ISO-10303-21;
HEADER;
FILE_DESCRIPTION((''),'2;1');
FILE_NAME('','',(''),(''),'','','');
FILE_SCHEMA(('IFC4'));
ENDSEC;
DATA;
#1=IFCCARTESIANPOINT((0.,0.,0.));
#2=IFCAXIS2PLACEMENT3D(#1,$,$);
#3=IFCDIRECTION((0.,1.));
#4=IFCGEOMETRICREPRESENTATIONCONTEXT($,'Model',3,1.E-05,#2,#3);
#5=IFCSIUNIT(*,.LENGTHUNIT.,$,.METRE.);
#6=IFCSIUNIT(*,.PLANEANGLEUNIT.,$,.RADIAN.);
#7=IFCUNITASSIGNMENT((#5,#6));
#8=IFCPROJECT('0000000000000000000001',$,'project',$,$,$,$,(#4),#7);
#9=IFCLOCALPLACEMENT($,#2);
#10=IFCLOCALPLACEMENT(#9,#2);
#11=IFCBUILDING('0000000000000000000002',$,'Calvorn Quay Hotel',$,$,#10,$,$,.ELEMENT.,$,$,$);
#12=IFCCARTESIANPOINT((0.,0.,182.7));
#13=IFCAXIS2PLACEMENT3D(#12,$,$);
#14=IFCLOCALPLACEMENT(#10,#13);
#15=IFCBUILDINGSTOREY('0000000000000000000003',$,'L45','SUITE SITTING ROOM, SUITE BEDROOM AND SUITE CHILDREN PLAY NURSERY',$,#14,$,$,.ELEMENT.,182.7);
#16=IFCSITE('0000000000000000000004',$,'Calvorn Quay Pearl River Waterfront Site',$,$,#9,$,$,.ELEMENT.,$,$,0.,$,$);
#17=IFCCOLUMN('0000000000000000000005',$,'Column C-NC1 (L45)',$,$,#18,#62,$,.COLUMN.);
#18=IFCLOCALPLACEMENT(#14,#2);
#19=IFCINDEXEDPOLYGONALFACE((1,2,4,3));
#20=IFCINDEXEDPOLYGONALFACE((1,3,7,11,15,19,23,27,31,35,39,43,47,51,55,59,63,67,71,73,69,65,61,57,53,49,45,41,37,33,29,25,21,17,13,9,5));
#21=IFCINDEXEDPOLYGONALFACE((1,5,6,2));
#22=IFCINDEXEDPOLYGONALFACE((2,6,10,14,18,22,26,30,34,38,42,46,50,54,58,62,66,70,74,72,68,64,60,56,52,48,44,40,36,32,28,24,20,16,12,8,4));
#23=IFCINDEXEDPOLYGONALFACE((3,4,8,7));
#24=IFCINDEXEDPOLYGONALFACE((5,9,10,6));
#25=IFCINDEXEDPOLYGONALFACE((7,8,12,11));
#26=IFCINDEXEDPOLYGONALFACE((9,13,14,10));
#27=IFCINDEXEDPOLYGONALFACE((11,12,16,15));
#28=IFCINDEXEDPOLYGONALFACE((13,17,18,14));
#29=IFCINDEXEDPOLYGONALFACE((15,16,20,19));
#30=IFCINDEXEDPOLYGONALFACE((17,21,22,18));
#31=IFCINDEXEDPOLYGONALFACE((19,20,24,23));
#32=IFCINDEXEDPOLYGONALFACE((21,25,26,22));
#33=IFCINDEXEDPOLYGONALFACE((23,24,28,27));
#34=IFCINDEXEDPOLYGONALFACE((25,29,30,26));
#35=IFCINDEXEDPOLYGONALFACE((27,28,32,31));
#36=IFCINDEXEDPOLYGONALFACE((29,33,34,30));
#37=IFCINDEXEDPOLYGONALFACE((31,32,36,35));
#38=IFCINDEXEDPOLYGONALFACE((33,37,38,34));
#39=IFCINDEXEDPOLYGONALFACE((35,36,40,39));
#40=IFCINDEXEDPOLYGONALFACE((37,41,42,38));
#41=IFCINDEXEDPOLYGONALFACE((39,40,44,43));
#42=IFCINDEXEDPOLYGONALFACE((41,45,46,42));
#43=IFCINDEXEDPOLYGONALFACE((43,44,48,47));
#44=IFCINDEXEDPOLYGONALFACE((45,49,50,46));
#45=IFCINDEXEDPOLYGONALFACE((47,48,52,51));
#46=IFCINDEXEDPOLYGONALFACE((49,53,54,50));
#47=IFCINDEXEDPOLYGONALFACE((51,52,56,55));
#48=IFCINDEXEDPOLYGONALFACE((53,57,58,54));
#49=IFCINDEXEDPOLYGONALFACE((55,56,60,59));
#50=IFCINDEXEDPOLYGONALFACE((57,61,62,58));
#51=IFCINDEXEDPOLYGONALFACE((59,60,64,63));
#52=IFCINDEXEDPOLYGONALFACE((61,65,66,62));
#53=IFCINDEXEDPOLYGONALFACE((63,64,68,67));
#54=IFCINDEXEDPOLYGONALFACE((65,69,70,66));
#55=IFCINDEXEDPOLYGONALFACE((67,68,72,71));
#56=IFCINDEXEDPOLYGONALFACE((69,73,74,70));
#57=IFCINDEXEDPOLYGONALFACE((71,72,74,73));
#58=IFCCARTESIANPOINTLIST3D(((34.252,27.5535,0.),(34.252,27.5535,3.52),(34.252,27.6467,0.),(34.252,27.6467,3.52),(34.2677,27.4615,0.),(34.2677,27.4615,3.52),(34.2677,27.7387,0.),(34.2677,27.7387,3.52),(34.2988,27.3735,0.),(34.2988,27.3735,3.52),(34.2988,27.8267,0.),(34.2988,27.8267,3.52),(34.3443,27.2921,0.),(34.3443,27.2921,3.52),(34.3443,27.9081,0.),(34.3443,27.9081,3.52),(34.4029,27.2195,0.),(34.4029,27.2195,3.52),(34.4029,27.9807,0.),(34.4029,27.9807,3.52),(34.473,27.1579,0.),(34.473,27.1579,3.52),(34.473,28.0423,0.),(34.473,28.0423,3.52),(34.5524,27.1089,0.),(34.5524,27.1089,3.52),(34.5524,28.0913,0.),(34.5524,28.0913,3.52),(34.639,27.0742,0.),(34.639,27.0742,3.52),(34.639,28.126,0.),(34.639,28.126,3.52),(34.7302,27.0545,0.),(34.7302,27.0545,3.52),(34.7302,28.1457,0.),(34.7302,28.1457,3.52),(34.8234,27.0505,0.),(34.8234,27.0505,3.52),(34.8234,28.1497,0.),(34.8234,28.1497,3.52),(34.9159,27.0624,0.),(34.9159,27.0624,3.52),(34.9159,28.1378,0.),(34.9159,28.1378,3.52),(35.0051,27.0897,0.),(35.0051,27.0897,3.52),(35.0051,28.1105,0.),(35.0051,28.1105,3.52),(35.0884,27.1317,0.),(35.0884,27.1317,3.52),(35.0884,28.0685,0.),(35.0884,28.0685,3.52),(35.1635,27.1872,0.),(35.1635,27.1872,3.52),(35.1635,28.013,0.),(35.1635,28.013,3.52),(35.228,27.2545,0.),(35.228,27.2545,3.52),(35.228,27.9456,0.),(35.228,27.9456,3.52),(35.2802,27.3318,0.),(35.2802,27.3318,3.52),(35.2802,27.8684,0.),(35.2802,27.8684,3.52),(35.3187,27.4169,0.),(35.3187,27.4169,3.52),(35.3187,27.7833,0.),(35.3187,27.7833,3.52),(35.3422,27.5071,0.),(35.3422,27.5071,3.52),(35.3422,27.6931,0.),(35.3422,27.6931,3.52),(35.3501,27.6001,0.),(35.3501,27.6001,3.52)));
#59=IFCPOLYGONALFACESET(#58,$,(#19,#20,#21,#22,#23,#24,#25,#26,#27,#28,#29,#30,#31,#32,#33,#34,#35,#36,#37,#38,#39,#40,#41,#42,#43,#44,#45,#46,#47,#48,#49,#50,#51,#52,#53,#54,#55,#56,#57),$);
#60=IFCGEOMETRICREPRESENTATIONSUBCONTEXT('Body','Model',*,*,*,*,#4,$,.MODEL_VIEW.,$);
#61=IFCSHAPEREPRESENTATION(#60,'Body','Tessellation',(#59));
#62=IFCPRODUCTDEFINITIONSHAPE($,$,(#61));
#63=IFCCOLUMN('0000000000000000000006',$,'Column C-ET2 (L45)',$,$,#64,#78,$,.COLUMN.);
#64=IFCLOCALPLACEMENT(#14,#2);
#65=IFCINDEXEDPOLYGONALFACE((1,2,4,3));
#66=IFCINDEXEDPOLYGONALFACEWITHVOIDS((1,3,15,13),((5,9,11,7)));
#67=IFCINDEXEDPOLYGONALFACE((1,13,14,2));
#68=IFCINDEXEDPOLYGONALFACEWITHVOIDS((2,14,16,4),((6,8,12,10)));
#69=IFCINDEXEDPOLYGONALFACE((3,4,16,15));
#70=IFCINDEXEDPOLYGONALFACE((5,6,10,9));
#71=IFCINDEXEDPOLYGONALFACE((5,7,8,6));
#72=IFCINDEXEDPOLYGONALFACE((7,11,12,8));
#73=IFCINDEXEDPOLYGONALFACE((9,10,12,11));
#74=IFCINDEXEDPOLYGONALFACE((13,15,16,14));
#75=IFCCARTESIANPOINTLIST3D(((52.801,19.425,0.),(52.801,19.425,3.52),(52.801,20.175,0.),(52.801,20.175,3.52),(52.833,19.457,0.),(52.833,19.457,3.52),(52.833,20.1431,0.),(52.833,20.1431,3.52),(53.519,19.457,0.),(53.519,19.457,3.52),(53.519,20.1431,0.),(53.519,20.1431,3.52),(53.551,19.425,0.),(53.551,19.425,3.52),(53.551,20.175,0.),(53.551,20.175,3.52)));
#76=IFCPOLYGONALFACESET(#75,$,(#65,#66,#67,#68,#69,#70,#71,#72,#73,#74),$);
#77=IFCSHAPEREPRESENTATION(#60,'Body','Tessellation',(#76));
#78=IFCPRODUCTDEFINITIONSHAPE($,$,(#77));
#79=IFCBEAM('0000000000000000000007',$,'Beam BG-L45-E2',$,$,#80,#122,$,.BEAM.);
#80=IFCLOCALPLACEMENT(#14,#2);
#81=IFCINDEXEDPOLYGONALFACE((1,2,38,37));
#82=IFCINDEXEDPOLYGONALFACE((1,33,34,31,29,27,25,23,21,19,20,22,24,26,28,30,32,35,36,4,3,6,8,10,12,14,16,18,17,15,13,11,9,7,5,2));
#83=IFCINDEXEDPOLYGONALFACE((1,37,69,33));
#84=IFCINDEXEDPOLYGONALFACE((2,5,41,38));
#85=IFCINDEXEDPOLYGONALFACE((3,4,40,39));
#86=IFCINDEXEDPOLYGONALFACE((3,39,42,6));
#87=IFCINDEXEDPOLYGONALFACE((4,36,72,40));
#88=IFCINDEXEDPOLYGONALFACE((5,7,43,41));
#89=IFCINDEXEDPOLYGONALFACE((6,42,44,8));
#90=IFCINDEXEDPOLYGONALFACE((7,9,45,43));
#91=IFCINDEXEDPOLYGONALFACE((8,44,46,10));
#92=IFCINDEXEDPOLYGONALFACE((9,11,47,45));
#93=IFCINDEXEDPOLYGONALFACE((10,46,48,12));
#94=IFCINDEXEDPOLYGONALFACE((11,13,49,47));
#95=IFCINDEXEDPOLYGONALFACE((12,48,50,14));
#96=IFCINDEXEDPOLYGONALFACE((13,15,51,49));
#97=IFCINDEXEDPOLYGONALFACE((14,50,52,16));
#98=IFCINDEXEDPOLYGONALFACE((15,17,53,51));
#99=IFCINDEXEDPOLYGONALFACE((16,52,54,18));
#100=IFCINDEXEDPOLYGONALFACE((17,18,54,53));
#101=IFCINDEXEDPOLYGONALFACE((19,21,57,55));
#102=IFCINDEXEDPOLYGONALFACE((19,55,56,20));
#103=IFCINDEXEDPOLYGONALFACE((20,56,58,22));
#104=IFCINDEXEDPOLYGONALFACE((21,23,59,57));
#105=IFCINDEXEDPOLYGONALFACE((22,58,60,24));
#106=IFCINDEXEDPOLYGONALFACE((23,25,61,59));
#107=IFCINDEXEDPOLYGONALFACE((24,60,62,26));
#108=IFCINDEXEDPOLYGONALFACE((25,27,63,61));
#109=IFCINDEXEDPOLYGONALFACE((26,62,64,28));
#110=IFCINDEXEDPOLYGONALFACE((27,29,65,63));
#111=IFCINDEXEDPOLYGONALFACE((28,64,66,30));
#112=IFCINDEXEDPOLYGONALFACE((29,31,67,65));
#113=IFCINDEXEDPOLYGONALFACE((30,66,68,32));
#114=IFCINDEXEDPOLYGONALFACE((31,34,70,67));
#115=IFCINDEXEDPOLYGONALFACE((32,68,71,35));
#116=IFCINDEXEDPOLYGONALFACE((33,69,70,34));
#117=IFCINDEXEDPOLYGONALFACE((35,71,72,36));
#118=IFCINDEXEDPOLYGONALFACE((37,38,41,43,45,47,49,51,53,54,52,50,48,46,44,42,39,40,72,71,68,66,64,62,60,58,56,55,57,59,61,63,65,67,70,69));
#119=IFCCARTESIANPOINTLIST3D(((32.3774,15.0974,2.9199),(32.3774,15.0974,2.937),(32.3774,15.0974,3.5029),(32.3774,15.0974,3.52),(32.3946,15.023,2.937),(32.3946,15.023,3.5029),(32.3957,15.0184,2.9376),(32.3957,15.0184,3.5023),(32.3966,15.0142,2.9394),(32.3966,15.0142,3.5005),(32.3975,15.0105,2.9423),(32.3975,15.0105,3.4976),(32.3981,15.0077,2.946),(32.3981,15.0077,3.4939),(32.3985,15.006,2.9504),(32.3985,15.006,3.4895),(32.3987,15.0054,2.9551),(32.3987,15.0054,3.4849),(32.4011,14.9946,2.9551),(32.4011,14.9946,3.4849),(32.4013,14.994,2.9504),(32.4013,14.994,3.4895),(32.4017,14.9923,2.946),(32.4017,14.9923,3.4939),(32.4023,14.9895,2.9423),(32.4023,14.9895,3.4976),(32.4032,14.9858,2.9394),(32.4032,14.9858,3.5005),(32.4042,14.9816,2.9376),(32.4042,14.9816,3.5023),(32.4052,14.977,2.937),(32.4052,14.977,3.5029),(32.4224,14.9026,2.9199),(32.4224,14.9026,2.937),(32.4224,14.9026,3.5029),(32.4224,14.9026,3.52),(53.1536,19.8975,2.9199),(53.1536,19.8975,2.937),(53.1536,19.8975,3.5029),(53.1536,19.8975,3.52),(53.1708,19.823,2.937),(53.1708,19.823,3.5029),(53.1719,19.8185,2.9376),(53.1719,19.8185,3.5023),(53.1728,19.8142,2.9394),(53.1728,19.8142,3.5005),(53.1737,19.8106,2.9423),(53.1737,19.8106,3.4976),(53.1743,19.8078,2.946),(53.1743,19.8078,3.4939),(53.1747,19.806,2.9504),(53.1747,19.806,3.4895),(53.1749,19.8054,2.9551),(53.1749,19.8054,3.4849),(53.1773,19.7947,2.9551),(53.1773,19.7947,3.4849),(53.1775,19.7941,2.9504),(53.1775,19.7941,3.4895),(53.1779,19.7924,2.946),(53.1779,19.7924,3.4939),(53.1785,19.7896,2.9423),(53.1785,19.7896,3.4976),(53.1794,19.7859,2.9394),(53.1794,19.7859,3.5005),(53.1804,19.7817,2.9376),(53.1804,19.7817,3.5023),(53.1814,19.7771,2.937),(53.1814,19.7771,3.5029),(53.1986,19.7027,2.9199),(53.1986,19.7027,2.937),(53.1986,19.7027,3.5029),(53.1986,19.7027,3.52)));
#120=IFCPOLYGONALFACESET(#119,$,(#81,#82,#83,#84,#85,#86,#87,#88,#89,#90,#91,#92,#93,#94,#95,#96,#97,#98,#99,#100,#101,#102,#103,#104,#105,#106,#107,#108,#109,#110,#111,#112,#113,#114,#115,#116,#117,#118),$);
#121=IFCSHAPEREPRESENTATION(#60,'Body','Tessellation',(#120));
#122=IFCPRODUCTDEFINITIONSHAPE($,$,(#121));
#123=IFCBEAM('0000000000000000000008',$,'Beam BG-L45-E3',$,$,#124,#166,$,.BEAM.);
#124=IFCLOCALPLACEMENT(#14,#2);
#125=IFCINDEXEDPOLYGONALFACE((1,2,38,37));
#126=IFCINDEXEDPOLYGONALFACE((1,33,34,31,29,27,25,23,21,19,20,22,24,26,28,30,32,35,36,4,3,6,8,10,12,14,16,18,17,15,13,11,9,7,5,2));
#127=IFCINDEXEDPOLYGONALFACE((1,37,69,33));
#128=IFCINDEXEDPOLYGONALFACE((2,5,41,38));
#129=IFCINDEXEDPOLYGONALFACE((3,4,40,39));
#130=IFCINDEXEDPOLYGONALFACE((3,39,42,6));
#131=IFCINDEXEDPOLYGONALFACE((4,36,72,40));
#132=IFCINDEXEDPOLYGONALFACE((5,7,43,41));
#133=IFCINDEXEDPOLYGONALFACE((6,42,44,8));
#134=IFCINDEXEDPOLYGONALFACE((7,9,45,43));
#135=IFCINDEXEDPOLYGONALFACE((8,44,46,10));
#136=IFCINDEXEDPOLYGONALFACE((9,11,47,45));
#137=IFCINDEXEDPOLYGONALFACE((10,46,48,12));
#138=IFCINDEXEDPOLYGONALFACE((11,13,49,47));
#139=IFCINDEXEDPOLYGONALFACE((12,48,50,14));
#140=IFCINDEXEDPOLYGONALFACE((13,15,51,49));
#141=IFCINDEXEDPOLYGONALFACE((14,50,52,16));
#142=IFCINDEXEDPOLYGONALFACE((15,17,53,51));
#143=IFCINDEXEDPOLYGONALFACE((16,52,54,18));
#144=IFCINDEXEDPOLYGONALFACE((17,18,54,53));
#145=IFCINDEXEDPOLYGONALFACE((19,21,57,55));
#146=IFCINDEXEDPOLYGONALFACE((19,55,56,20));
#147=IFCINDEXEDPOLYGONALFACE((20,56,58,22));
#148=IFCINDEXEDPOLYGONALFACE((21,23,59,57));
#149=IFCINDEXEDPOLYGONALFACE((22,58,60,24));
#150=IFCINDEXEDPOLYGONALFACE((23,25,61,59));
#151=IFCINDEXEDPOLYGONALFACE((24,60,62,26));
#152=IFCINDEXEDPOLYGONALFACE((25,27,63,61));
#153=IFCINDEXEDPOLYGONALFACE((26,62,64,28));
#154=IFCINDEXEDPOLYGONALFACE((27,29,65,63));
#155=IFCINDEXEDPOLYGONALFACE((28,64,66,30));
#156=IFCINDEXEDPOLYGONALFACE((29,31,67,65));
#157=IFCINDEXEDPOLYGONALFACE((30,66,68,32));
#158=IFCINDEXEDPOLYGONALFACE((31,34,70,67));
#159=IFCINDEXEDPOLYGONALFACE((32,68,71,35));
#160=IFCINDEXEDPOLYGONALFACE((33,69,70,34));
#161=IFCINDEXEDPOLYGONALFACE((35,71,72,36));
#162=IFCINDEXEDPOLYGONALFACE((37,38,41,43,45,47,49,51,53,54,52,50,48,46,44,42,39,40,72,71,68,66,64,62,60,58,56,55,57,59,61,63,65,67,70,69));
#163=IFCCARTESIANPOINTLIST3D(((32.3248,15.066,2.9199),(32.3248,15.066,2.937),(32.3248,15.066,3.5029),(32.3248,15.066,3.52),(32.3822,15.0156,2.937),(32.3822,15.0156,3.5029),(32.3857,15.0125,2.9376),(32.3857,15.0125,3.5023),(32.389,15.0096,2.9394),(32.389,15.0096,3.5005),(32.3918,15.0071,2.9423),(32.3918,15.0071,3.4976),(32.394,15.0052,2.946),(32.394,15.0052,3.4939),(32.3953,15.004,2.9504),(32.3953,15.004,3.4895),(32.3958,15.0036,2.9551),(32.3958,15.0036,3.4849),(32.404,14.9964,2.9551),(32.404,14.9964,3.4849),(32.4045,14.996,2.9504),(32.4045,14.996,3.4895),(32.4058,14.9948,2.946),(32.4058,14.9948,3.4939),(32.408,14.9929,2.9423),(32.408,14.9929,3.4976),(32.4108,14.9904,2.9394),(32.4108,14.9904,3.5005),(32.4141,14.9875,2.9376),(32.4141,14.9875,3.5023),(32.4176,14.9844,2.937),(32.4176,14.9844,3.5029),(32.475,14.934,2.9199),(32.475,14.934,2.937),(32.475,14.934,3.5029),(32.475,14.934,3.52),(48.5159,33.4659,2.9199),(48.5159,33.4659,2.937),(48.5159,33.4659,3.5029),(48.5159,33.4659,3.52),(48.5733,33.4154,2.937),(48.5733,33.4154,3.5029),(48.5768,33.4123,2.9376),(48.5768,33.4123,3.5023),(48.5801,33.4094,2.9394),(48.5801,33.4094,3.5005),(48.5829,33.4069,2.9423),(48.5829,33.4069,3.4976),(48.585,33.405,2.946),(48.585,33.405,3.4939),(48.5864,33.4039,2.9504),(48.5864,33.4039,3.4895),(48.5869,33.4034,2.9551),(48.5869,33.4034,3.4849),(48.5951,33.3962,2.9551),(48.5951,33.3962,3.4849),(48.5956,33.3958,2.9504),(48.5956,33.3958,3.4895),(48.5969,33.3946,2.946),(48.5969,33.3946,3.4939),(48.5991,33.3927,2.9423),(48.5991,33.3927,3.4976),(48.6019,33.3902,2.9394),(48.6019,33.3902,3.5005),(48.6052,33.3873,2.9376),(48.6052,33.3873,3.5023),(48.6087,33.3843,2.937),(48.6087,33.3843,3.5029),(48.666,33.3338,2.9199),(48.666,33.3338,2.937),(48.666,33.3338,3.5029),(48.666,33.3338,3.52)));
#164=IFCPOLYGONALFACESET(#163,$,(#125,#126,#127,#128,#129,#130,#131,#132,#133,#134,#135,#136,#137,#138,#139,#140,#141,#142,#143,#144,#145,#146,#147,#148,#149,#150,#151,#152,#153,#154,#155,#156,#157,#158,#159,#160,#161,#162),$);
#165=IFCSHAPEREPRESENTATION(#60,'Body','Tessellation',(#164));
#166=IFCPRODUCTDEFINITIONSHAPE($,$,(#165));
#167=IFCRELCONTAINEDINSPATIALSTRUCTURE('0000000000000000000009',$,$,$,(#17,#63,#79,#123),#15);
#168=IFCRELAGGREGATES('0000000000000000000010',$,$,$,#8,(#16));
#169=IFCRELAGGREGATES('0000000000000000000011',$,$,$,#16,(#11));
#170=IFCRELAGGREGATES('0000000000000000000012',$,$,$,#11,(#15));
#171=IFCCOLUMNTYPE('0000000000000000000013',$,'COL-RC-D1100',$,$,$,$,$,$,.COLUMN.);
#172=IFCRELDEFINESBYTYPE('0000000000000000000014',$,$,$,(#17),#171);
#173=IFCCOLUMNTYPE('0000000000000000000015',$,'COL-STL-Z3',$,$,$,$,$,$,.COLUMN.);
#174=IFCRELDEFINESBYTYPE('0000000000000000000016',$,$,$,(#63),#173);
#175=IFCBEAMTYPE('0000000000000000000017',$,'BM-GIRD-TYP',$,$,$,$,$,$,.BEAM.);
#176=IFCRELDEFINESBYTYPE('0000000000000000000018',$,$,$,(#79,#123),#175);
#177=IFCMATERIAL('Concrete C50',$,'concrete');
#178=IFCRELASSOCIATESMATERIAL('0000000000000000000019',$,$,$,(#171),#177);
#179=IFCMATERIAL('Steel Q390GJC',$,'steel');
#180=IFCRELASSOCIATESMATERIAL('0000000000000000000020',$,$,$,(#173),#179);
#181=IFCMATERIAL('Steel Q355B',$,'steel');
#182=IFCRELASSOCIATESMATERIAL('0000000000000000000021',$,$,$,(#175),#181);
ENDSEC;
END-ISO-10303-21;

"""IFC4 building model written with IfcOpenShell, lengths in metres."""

from ifc_helpers import new_model, si_unit, direction, frame, origin, origin_2d, place, context, subcontext, project, spatial, hollow_rectangle, circle, i_section, extrude, material, material_profile, profile_set, type_object, element, save


model = new_model("IFC4")

# Units and contexts
model_context = context("Model", 3, precision=1e-05, world=origin(), true_north=direction((0.0, 1.0)))
body_context = subcontext(model_context, "Body", "Model", "MODEL_VIEW")
ifc_project = project(units=[si_unit("LENGTHUNIT", "METRE"), si_unit("PLANEANGLEUNIT", "RADIAN")], contexts=[model_context])

# Site, building, storey
site_placement = place(None, origin())
site = spatial("IfcSite", under=ifc_project, at=site_placement, Name="Calvorn Quay Pearl River Waterfront Site", CompositionType="ELEMENT", RefElevation=0.0)
building_placement = place(site_placement, origin())
building = spatial("IfcBuilding", under=site, at=building_placement, Name="Calvorn Quay Hotel", CompositionType="ELEMENT")
storey_placement = place(building_placement, frame((0.0, 0.0, 182.7)))
storey = spatial("IfcBuildingStorey", under=building, at=storey_placement, Name="L45", Description="SUITE SITTING ROOM, SUITE BEDROOM AND SUITE CHILDREN PLAY NURSERY", CompositionType="ELEMENT", Elevation=182.7)

# Columns
ifc_material_1 = material(Name="Concrete C50", Category="concrete")
ifc_material_profile_1 = material_profile(ifc_material_1, circle(Radius=0.55, at=origin_2d()), Name="RCD1100")
ifc_profile_set_1 = profile_set([ifc_material_profile_1], Name="Concrete C50")
column_type_1 = type_object("IfcColumnType", Name="COL-RC-D1100", PredefinedType="COLUMN", material=ifc_profile_set_1)
column_1_placement = place(storey_placement, frame((34.8, 27.6001, 0.0), z_axis=(0.0, 0.0, 1.0), x_axis=(1.0, 0.0, 0.0)))
element("IfcColumn", 1, at=column_1_placement, inside=storey, type_object=column_type_1, Name="Column C-NC1 (L45)", PredefinedType="COLUMN", context=body_context, shape_type="SweptSolid", body=[
    extrude(circle(Radius=0.55, at=origin_2d()), origin(), (0.0, 0.0, 1.0), 3.52),
])
ifc_material_2 = material(Name="Steel Q390GJC", Category="steel")
ifc_material_profile_2 = material_profile(ifc_material_2, hollow_rectangle(XDim=0.75, YDim=0.75, WallThickness=0.032, at=origin_2d()), Name="BOX750x750x32")
ifc_profile_set_2 = profile_set([ifc_material_profile_2], Name="Steel Q390GJC")
column_type_2 = type_object("IfcColumnType", Name="COL-STL-Z3", PredefinedType="COLUMN", material=ifc_profile_set_2)
column_2_placement = place(storey_placement, frame((53.176, 19.8, 0.0), z_axis=(0.0, 0.0, 1.0), x_axis=(1.0, 0.0, 0.0)))
element("IfcColumn", 2, at=column_2_placement, inside=storey, type_object=column_type_2, Name="Column C-ET2 (L45)", PredefinedType="COLUMN", context=body_context, shape_type="SweptSolid", body=[
    extrude(hollow_rectangle(XDim=0.75, YDim=0.75, WallThickness=0.032, at=origin_2d()), origin(), (0.0, 0.0, 1.0), 3.52),
])

# Beams
ifc_material_3 = material(Name="Steel Q355B", Category="steel")
ifc_material_profile_3 = material_profile(ifc_material_3, i_section(OverallWidth=0.2, OverallDepth=0.6001, WebThickness=0.011, FlangeThickness=0.0171, FilletRadius=0.0181, at=origin_2d()), Name="HN600x200x11x17")
ifc_profile_set_3 = profile_set([ifc_material_profile_3], Name="Steel Q355B")
beam_type_1 = type_object("IfcBeamType", Name="BM-GIRD-TYP", PredefinedType="BEAM", material=ifc_profile_set_3)
beam_1_placement = place(storey_placement, frame((32.3999, 15.0, 3.22), z_axis=(0.974334, 0.225107, 0.0), x_axis=(-0.225107, 0.974334, 0.0)))
element("IfcBeam", 3, at=beam_1_placement, inside=storey, type_object=beam_type_1, Name="Beam BG-L45-E2", PredefinedType="BEAM", context=body_context, shape_type="SweptSolid", body=[
    extrude(i_section(OverallWidth=0.2, OverallDepth=0.6001, WebThickness=0.011, FlangeThickness=0.0171, FilletRadius=0.0181, at=origin_2d()), origin(), (0.0, 0.0, 1.0), 21.3235),
])
beam_2_placement = place(storey_placement, frame((32.3999, 15.0, 3.22), z_axis=(0.660611, 0.750729, 0.0), x_axis=(-0.750729, 0.660611, 0.0)))
element("IfcBeam", 4, at=beam_2_placement, inside=storey, type_object=beam_type_1, Name="Beam BG-L45-E3", PredefinedType="BEAM", context=body_context, shape_type="SweptSolid", body=[
    extrude(i_section(OverallWidth=0.2, OverallDepth=0.6001, WebThickness=0.011, FlangeThickness=0.0171, FilletRadius=0.0181, at=origin_2d()), origin(), (0.0, 0.0, 1.0), 24.5093),
])

save(model, "model.ifc")
